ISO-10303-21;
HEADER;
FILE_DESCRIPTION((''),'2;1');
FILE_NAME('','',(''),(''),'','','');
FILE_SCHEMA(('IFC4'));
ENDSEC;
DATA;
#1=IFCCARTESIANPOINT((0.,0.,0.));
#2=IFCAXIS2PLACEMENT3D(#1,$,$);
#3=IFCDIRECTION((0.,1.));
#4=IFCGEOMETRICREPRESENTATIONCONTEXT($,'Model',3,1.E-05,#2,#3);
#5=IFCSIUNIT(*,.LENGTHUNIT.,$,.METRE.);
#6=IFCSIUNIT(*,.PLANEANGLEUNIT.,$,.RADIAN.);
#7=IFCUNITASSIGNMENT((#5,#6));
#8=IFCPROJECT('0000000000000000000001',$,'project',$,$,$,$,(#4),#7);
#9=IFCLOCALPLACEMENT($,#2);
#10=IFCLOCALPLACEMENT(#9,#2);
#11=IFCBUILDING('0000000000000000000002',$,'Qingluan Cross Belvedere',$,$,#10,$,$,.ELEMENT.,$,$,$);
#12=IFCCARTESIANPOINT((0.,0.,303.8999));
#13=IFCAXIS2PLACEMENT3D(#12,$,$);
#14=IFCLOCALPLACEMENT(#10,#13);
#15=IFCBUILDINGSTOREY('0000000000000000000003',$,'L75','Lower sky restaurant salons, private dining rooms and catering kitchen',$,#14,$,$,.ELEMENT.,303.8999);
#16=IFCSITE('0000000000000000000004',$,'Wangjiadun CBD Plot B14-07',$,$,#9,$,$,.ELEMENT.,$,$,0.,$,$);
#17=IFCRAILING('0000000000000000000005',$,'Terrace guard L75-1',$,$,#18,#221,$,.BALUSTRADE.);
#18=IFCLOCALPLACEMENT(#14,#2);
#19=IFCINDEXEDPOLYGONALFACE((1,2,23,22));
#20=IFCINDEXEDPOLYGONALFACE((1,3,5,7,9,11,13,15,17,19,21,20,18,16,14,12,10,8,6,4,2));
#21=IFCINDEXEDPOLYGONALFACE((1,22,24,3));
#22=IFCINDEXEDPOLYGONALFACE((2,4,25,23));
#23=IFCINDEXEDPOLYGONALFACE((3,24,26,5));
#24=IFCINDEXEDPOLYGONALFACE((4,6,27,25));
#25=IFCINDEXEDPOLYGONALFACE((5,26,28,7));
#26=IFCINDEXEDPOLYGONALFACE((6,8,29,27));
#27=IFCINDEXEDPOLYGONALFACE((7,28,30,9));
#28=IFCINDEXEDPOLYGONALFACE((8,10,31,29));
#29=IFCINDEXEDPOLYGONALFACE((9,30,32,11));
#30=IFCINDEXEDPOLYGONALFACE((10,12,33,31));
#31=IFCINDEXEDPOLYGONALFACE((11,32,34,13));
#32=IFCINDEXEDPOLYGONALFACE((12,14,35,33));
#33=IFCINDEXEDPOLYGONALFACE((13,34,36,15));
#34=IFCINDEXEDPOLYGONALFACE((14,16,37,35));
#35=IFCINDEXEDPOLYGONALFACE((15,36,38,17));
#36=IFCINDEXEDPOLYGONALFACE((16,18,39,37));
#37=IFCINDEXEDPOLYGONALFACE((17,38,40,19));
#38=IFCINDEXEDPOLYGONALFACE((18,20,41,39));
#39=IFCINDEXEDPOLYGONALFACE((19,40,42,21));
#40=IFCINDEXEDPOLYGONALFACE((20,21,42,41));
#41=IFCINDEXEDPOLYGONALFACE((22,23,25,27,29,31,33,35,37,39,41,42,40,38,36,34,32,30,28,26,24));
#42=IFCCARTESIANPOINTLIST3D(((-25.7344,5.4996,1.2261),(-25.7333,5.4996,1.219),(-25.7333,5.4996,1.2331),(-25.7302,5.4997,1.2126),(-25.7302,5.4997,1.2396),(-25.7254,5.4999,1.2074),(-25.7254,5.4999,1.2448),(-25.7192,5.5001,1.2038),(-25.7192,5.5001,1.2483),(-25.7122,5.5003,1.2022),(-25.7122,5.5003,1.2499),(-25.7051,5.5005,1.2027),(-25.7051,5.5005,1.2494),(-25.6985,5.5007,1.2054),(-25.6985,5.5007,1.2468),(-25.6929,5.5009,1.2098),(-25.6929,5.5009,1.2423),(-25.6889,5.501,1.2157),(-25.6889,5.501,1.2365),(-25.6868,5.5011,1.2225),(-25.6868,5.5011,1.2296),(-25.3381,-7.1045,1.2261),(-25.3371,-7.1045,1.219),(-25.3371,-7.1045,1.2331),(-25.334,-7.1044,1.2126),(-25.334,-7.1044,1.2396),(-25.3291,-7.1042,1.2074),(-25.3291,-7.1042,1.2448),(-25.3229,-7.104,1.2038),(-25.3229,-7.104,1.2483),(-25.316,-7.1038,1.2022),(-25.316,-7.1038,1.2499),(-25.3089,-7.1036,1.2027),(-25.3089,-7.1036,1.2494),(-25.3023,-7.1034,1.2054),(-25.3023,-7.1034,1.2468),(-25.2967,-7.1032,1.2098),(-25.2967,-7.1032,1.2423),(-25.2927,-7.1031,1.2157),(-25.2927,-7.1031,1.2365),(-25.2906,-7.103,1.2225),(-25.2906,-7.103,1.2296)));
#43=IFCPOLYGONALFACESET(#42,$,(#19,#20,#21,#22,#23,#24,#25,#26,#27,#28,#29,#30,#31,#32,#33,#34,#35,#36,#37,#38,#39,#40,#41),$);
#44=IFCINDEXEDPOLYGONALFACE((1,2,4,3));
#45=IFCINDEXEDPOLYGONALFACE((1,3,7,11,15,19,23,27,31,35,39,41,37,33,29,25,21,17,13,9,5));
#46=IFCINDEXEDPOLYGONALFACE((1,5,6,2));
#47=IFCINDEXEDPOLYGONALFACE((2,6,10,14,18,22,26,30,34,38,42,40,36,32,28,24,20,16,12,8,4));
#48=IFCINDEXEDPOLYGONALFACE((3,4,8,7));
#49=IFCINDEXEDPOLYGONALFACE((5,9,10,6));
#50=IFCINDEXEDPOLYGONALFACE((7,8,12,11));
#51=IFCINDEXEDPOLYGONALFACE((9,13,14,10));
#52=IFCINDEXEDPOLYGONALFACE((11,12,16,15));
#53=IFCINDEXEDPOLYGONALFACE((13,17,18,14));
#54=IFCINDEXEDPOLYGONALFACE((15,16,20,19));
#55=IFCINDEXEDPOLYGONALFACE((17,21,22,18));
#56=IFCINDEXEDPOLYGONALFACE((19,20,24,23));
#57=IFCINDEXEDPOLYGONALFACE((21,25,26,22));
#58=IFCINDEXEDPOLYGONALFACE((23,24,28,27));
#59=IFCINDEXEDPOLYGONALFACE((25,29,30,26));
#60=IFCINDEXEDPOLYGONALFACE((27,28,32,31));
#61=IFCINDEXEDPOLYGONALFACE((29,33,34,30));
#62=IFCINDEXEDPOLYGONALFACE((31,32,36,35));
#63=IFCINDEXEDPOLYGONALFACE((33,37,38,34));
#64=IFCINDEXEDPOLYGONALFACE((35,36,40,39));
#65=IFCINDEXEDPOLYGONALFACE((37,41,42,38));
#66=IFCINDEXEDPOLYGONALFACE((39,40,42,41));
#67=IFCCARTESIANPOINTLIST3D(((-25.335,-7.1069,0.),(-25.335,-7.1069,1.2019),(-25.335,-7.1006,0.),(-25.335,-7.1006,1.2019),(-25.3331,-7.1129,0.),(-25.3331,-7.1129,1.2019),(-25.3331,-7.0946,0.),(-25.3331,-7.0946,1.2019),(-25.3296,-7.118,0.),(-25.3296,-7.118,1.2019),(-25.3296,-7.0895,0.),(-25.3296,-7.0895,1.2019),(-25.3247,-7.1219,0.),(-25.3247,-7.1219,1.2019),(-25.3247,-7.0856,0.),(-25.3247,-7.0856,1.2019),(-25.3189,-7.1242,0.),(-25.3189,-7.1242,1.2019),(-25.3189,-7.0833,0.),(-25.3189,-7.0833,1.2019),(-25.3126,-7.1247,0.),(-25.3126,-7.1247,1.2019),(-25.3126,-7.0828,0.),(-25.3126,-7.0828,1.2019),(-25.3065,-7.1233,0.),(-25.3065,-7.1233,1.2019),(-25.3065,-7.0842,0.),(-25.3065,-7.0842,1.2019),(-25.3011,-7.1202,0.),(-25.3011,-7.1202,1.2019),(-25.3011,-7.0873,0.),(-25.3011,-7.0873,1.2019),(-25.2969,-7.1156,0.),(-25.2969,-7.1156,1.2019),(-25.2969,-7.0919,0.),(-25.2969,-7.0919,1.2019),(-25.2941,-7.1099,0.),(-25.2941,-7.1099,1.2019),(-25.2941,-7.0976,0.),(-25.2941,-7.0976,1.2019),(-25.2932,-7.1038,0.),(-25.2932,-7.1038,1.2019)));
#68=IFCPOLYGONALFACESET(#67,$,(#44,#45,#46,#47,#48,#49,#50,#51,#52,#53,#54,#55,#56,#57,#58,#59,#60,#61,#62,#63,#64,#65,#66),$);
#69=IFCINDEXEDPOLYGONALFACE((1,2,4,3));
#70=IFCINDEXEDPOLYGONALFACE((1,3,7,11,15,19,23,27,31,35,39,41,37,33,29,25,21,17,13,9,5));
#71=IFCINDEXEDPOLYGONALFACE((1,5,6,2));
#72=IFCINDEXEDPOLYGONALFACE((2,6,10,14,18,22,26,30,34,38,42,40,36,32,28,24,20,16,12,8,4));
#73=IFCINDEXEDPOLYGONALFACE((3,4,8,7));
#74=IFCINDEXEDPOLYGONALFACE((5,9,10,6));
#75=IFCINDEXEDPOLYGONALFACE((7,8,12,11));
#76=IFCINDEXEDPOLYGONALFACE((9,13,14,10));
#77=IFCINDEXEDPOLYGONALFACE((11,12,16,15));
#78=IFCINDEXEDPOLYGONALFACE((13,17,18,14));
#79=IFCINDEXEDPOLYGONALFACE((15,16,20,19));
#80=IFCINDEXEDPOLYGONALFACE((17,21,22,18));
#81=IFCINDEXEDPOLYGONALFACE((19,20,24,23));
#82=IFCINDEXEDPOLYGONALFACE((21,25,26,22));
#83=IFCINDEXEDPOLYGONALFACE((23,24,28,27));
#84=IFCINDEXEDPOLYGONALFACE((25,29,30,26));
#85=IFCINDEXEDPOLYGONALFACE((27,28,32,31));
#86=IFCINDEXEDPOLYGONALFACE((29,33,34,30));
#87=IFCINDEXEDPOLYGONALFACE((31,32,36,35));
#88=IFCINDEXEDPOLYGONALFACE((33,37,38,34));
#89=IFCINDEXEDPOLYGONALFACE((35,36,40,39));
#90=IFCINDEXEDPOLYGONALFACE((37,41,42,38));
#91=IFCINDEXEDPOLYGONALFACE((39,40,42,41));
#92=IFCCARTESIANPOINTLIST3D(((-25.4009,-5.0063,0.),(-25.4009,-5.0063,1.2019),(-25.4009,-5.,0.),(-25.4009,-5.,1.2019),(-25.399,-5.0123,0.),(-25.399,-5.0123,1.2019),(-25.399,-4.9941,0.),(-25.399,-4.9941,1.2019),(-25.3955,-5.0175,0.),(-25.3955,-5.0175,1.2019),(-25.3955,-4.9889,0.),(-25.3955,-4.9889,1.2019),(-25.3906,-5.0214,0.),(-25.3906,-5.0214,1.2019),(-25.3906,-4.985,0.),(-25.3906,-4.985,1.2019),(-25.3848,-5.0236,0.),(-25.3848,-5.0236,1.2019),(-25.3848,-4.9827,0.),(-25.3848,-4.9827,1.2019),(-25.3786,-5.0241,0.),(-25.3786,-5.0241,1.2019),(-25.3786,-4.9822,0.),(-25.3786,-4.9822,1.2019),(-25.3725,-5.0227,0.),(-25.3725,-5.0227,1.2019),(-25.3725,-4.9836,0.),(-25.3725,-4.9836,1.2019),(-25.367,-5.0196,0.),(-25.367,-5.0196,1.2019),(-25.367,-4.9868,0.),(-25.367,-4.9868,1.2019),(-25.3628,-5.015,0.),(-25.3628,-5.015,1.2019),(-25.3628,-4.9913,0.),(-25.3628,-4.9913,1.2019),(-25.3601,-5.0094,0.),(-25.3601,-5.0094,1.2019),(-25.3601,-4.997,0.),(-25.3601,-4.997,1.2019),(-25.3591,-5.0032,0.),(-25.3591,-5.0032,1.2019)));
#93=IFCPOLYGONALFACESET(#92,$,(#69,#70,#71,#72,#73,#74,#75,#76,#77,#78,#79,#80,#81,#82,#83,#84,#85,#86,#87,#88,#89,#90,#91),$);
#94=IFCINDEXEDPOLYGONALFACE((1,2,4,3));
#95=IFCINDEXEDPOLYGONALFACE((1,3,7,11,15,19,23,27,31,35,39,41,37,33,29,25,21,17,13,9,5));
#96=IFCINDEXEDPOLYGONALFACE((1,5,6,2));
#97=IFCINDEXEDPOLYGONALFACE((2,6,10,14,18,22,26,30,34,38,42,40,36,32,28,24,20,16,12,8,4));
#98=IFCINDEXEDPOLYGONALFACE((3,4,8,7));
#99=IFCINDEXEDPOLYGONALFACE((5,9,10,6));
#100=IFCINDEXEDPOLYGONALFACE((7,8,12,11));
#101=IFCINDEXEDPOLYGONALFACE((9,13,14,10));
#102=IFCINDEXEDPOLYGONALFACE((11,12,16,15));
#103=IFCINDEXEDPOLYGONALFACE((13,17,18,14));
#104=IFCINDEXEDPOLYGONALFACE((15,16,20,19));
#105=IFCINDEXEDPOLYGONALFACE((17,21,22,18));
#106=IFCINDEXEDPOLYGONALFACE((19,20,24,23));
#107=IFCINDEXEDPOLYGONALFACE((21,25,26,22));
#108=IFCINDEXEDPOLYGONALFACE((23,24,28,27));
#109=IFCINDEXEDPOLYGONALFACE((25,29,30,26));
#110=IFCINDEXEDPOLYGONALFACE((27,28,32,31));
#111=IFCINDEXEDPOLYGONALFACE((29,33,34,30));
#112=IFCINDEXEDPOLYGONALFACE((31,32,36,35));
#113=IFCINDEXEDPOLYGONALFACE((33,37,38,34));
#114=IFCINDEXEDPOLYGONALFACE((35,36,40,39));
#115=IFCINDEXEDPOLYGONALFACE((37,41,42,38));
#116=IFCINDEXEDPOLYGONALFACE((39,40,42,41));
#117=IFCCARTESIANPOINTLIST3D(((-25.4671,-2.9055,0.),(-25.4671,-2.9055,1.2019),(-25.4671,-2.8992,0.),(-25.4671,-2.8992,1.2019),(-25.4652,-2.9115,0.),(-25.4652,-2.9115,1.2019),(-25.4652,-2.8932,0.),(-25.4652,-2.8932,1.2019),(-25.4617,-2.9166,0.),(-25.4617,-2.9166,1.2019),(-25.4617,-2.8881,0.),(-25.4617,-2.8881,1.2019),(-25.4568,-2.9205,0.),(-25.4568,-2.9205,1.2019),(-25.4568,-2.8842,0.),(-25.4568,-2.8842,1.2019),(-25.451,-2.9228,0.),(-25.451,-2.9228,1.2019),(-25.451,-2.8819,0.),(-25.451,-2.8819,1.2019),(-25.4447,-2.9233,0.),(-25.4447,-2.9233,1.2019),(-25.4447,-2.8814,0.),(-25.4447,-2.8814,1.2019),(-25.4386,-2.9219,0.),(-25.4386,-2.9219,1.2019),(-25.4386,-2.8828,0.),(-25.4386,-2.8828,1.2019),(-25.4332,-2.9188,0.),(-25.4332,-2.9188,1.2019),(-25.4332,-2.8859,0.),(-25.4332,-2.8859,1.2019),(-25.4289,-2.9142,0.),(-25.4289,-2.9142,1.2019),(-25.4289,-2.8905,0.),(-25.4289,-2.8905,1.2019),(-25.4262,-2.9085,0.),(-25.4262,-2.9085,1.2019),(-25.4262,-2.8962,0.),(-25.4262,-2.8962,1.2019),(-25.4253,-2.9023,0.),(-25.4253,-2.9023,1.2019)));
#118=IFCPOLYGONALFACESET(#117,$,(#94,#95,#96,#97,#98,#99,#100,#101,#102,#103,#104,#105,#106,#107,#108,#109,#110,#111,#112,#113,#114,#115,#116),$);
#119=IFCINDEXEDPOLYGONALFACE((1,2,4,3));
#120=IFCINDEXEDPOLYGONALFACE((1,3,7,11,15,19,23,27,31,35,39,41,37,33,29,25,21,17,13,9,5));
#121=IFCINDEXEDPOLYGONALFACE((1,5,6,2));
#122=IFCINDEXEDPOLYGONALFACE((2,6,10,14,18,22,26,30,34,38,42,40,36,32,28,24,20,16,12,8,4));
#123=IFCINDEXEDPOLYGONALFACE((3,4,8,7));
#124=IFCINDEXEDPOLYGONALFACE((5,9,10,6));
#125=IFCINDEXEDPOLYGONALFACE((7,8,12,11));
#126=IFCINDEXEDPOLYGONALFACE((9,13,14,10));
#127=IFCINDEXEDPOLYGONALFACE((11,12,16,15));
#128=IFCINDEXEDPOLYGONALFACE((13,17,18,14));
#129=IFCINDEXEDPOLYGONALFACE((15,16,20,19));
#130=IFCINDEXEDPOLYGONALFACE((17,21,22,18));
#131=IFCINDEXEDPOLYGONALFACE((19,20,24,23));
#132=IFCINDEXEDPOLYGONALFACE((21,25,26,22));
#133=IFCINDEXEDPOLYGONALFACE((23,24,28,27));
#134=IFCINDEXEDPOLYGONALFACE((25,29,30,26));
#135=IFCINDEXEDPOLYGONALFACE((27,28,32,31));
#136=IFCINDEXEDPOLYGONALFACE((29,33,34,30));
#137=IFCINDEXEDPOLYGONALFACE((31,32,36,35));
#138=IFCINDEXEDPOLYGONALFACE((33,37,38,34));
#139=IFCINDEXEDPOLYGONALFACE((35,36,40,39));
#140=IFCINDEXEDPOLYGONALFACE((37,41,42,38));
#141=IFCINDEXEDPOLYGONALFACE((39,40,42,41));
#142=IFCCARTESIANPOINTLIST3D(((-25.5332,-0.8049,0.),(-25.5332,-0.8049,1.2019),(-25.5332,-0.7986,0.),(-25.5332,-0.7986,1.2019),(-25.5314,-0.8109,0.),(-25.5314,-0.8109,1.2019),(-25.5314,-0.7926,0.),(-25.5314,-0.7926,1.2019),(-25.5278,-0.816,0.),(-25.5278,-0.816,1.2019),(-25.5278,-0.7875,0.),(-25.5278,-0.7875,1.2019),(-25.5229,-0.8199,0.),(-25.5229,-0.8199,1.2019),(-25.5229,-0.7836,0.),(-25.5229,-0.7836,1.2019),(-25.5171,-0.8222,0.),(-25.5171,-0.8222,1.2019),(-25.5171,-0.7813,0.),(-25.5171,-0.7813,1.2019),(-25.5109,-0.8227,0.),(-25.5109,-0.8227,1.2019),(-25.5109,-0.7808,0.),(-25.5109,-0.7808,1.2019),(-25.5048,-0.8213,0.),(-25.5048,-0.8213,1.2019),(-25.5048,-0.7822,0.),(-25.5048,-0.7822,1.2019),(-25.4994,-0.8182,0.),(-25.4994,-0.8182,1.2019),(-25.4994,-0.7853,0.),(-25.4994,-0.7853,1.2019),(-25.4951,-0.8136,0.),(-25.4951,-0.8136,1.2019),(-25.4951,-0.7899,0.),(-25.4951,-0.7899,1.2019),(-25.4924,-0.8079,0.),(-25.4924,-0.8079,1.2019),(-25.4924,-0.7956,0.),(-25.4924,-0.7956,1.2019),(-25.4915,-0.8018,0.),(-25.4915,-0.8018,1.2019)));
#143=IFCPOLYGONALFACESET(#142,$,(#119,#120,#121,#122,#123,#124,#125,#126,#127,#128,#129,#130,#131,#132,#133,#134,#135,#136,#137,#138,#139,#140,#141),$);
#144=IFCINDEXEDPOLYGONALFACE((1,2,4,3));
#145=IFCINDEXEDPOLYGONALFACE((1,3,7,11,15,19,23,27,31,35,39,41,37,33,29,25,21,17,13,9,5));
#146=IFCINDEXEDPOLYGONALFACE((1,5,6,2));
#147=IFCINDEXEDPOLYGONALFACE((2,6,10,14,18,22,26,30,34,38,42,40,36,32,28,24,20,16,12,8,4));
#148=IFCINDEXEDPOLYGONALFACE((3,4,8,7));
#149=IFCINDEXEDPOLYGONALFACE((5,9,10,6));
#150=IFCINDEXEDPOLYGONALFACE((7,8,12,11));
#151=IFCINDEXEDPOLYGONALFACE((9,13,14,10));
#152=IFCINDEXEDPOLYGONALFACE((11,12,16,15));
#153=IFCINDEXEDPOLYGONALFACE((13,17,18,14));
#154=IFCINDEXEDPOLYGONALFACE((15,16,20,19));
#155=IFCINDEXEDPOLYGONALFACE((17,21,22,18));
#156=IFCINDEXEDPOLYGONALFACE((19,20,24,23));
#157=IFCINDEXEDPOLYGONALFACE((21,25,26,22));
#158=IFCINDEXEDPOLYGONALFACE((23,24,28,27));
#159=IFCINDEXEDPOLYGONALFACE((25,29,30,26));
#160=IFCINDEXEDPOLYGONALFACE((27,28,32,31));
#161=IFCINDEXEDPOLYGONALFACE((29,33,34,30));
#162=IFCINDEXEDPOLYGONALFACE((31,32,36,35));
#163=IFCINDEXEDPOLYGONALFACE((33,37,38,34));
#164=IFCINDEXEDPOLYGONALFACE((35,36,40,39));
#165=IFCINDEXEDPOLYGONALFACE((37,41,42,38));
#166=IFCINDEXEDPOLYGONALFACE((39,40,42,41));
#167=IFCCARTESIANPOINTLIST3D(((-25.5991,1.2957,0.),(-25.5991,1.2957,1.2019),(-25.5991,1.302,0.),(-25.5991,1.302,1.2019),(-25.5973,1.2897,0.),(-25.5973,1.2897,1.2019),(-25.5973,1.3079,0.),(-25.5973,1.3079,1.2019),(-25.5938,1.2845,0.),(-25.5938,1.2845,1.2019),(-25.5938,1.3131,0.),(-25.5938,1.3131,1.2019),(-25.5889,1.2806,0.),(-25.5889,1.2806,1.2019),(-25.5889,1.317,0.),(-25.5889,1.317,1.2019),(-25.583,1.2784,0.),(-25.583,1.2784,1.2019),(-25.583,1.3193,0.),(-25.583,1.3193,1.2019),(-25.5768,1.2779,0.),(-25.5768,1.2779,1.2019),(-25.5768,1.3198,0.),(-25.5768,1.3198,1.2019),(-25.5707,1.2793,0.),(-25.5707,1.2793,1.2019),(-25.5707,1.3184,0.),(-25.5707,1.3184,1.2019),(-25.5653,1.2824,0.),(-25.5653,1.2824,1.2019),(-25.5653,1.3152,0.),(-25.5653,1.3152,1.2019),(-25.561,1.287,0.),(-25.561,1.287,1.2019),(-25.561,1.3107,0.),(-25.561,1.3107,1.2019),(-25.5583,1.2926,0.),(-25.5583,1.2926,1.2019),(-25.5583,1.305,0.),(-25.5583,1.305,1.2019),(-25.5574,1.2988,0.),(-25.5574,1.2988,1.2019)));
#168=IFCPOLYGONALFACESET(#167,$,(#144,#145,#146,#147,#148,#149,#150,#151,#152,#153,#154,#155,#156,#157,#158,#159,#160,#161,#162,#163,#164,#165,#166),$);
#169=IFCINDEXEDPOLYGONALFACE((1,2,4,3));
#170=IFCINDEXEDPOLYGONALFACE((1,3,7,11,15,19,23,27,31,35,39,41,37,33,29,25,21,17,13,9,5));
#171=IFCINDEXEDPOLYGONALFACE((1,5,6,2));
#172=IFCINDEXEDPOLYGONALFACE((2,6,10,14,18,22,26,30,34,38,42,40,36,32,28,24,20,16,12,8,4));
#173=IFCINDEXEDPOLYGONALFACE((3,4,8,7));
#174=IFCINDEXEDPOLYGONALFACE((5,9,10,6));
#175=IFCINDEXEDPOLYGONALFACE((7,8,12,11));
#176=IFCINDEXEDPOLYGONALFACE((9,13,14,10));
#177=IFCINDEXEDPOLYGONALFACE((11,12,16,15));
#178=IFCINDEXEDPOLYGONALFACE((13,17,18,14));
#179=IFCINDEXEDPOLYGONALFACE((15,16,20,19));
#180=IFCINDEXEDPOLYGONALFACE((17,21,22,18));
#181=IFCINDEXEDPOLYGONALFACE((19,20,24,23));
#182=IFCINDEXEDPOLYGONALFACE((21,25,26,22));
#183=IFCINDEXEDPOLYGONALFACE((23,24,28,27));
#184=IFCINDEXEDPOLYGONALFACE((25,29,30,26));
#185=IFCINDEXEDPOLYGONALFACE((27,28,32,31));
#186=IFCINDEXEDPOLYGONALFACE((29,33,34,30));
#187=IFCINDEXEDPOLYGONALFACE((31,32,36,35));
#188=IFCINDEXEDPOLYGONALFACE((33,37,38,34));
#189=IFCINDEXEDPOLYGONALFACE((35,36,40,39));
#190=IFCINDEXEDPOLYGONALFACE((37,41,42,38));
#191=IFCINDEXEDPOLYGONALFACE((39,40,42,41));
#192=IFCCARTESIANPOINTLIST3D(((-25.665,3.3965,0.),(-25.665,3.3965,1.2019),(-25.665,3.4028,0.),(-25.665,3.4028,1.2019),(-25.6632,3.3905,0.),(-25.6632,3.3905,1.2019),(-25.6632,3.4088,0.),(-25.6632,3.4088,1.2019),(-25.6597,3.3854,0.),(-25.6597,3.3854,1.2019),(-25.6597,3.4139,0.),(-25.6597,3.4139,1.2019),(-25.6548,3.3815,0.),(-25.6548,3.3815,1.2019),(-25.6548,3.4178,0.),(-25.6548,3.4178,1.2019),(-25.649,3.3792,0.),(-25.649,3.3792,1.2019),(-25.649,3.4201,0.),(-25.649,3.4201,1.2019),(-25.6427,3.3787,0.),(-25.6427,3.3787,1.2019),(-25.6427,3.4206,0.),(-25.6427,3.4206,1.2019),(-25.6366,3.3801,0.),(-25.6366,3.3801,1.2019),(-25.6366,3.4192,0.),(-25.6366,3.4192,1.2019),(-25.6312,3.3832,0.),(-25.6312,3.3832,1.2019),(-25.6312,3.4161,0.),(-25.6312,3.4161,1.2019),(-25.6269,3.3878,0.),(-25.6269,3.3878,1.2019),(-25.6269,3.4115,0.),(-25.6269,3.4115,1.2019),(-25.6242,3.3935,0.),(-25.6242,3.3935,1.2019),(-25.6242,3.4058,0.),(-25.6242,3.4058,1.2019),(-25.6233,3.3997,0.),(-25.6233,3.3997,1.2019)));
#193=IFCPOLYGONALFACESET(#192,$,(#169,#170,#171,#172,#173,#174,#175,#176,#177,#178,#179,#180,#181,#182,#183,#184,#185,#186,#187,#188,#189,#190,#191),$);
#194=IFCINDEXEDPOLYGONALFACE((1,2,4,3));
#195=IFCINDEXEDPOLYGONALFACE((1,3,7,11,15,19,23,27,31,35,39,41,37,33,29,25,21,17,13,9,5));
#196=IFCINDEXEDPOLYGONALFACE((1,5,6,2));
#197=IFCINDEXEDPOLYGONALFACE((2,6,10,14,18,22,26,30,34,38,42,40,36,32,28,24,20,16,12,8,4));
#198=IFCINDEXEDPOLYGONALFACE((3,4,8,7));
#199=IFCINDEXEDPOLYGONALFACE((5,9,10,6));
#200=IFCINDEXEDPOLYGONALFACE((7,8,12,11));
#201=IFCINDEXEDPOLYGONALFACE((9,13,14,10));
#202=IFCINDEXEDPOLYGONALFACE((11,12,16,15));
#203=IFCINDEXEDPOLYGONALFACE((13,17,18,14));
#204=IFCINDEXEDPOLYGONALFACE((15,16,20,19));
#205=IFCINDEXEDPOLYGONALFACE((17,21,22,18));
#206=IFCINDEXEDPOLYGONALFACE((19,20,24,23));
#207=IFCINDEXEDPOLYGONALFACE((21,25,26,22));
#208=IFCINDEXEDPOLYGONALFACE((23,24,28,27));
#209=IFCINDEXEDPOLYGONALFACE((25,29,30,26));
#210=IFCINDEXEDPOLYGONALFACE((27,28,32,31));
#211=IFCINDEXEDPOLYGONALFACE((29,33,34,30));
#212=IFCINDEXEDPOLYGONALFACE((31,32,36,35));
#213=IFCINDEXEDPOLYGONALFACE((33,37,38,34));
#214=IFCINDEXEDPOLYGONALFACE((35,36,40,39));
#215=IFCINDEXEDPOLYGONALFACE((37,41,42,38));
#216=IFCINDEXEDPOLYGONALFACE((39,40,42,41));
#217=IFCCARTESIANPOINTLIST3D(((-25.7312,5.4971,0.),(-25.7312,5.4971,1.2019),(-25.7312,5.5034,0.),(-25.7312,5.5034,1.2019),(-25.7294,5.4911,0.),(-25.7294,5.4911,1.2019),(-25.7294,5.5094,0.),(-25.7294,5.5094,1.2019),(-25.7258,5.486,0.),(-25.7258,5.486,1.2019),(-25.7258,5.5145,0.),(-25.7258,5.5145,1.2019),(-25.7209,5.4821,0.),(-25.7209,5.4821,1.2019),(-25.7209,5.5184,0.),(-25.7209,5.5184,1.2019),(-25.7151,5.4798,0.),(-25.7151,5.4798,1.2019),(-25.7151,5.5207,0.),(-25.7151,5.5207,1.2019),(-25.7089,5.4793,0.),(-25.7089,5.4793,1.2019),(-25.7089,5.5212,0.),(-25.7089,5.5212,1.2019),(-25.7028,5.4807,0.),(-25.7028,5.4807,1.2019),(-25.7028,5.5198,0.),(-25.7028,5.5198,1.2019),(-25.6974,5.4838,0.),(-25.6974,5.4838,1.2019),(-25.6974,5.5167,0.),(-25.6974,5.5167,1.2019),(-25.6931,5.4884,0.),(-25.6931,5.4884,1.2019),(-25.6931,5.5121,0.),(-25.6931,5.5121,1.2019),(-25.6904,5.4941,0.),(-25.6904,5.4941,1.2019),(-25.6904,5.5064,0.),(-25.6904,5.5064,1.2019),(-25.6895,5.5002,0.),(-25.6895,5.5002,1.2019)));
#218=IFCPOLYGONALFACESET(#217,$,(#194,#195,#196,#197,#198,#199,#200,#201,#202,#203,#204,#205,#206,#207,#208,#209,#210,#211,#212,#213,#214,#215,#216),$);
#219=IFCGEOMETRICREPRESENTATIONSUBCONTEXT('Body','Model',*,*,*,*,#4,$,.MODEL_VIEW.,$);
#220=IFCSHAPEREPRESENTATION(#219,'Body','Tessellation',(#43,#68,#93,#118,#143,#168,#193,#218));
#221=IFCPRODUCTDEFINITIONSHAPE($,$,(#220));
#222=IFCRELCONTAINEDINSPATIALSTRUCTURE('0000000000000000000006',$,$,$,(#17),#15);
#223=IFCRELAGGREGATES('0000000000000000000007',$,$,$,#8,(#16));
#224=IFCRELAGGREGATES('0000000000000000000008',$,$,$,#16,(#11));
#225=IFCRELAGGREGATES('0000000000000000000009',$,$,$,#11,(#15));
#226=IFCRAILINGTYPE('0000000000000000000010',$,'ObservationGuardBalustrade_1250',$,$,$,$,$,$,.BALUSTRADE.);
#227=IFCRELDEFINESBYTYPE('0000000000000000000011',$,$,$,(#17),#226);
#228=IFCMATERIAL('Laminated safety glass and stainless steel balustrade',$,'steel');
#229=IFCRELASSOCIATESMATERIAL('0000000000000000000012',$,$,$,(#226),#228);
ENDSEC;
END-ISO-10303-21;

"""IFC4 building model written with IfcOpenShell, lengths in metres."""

from ifc_helpers import new_model, si_unit, direction, frame, origin, origin_2d, place, context, subcontext, project, spatial, circle, extrude, material, type_object, element, save


model = new_model("IFC4")

# Units and contexts
model_context = context("Model", 3, precision=1e-05, world=origin(), true_north=direction((0.0, 1.0)))
body_context = subcontext(model_context, "Body", "Model", "MODEL_VIEW")
ifc_project = project(units=[si_unit("LENGTHUNIT", "METRE"), si_unit("PLANEANGLEUNIT", "RADIAN")], contexts=[model_context])

# Site, building, storey
site_placement = place(None, origin())
site = spatial("IfcSite", under=ifc_project, at=site_placement, Name="Wangjiadun CBD Plot B14-07", CompositionType="ELEMENT", RefElevation=0.0)
building_placement = place(site_placement, origin())
building = spatial("IfcBuilding", under=site, at=building_placement, Name="Qingluan Cross Belvedere", CompositionType="ELEMENT")
storey_placement = place(building_placement, frame((0.0, 0.0, 303.8999)))
storey = spatial("IfcBuildingStorey", under=building, at=storey_placement, Name="L75", Description="Lower sky restaurant salons, private dining rooms and catering kitchen", CompositionType="ELEMENT", Elevation=303.8999)

# Railing
ifc_material_1 = material(Name="Laminated safety glass and stainless steel balustrade", Category="steel")
railing_type = type_object("IfcRailingType", Name="ObservationGuardBalustrade_1250", PredefinedType="BALUSTRADE", material=ifc_material_1)
railing_placement = place(storey_placement, frame((-25.3142, -7.1038, 0.0)))
element("IfcRailing", 1, at=railing_placement, inside=storey, type_object=railing_type, Name="Terrace guard L75-1", PredefinedType="BALUSTRADE", context=body_context, shape_type="SweptSolid", body=[
    extrude(circle(Radius=0.0239, at=origin_2d()), frame((0.0, 0.0, 1.2261), z_axis=(-0.031422, 0.999506, 0.0), x_axis=(-0.999506, -0.031422, 0.0)), (0.0, 0.0, 1.0), 12.6104),
    extrude(circle(Radius=0.021, at=origin_2d()), origin(), (0.0, 0.0, 1.0), 1.2019),
    extrude(circle(Radius=0.021, at=origin_2d()), frame((-0.0659, 2.1006, 0.0)), (0.0, 0.0, 1.0), 1.2019),
    extrude(circle(Radius=0.021, at=origin_2d()), frame((-0.1321, 4.2014, 0.0)), (0.0, 0.0, 1.0), 1.2019),
    extrude(circle(Radius=0.021, at=origin_2d()), frame((-0.1982, 6.302, 0.0)), (0.0, 0.0, 1.0), 1.2019),
    extrude(circle(Radius=0.021, at=origin_2d()), frame((-0.2642, 8.4026, 0.0)), (0.0, 0.0, 1.0), 1.2019),
    extrude(circle(Radius=0.021, at=origin_2d()), frame((-0.3301, 10.5034, 0.0)), (0.0, 0.0, 1.0), 1.2019),
    extrude(circle(Radius=0.021, at=origin_2d()), frame((-0.3962, 12.604, 0.0)), (0.0, 0.0, 1.0), 1.2019),
])

save(model, "model.ifc")
